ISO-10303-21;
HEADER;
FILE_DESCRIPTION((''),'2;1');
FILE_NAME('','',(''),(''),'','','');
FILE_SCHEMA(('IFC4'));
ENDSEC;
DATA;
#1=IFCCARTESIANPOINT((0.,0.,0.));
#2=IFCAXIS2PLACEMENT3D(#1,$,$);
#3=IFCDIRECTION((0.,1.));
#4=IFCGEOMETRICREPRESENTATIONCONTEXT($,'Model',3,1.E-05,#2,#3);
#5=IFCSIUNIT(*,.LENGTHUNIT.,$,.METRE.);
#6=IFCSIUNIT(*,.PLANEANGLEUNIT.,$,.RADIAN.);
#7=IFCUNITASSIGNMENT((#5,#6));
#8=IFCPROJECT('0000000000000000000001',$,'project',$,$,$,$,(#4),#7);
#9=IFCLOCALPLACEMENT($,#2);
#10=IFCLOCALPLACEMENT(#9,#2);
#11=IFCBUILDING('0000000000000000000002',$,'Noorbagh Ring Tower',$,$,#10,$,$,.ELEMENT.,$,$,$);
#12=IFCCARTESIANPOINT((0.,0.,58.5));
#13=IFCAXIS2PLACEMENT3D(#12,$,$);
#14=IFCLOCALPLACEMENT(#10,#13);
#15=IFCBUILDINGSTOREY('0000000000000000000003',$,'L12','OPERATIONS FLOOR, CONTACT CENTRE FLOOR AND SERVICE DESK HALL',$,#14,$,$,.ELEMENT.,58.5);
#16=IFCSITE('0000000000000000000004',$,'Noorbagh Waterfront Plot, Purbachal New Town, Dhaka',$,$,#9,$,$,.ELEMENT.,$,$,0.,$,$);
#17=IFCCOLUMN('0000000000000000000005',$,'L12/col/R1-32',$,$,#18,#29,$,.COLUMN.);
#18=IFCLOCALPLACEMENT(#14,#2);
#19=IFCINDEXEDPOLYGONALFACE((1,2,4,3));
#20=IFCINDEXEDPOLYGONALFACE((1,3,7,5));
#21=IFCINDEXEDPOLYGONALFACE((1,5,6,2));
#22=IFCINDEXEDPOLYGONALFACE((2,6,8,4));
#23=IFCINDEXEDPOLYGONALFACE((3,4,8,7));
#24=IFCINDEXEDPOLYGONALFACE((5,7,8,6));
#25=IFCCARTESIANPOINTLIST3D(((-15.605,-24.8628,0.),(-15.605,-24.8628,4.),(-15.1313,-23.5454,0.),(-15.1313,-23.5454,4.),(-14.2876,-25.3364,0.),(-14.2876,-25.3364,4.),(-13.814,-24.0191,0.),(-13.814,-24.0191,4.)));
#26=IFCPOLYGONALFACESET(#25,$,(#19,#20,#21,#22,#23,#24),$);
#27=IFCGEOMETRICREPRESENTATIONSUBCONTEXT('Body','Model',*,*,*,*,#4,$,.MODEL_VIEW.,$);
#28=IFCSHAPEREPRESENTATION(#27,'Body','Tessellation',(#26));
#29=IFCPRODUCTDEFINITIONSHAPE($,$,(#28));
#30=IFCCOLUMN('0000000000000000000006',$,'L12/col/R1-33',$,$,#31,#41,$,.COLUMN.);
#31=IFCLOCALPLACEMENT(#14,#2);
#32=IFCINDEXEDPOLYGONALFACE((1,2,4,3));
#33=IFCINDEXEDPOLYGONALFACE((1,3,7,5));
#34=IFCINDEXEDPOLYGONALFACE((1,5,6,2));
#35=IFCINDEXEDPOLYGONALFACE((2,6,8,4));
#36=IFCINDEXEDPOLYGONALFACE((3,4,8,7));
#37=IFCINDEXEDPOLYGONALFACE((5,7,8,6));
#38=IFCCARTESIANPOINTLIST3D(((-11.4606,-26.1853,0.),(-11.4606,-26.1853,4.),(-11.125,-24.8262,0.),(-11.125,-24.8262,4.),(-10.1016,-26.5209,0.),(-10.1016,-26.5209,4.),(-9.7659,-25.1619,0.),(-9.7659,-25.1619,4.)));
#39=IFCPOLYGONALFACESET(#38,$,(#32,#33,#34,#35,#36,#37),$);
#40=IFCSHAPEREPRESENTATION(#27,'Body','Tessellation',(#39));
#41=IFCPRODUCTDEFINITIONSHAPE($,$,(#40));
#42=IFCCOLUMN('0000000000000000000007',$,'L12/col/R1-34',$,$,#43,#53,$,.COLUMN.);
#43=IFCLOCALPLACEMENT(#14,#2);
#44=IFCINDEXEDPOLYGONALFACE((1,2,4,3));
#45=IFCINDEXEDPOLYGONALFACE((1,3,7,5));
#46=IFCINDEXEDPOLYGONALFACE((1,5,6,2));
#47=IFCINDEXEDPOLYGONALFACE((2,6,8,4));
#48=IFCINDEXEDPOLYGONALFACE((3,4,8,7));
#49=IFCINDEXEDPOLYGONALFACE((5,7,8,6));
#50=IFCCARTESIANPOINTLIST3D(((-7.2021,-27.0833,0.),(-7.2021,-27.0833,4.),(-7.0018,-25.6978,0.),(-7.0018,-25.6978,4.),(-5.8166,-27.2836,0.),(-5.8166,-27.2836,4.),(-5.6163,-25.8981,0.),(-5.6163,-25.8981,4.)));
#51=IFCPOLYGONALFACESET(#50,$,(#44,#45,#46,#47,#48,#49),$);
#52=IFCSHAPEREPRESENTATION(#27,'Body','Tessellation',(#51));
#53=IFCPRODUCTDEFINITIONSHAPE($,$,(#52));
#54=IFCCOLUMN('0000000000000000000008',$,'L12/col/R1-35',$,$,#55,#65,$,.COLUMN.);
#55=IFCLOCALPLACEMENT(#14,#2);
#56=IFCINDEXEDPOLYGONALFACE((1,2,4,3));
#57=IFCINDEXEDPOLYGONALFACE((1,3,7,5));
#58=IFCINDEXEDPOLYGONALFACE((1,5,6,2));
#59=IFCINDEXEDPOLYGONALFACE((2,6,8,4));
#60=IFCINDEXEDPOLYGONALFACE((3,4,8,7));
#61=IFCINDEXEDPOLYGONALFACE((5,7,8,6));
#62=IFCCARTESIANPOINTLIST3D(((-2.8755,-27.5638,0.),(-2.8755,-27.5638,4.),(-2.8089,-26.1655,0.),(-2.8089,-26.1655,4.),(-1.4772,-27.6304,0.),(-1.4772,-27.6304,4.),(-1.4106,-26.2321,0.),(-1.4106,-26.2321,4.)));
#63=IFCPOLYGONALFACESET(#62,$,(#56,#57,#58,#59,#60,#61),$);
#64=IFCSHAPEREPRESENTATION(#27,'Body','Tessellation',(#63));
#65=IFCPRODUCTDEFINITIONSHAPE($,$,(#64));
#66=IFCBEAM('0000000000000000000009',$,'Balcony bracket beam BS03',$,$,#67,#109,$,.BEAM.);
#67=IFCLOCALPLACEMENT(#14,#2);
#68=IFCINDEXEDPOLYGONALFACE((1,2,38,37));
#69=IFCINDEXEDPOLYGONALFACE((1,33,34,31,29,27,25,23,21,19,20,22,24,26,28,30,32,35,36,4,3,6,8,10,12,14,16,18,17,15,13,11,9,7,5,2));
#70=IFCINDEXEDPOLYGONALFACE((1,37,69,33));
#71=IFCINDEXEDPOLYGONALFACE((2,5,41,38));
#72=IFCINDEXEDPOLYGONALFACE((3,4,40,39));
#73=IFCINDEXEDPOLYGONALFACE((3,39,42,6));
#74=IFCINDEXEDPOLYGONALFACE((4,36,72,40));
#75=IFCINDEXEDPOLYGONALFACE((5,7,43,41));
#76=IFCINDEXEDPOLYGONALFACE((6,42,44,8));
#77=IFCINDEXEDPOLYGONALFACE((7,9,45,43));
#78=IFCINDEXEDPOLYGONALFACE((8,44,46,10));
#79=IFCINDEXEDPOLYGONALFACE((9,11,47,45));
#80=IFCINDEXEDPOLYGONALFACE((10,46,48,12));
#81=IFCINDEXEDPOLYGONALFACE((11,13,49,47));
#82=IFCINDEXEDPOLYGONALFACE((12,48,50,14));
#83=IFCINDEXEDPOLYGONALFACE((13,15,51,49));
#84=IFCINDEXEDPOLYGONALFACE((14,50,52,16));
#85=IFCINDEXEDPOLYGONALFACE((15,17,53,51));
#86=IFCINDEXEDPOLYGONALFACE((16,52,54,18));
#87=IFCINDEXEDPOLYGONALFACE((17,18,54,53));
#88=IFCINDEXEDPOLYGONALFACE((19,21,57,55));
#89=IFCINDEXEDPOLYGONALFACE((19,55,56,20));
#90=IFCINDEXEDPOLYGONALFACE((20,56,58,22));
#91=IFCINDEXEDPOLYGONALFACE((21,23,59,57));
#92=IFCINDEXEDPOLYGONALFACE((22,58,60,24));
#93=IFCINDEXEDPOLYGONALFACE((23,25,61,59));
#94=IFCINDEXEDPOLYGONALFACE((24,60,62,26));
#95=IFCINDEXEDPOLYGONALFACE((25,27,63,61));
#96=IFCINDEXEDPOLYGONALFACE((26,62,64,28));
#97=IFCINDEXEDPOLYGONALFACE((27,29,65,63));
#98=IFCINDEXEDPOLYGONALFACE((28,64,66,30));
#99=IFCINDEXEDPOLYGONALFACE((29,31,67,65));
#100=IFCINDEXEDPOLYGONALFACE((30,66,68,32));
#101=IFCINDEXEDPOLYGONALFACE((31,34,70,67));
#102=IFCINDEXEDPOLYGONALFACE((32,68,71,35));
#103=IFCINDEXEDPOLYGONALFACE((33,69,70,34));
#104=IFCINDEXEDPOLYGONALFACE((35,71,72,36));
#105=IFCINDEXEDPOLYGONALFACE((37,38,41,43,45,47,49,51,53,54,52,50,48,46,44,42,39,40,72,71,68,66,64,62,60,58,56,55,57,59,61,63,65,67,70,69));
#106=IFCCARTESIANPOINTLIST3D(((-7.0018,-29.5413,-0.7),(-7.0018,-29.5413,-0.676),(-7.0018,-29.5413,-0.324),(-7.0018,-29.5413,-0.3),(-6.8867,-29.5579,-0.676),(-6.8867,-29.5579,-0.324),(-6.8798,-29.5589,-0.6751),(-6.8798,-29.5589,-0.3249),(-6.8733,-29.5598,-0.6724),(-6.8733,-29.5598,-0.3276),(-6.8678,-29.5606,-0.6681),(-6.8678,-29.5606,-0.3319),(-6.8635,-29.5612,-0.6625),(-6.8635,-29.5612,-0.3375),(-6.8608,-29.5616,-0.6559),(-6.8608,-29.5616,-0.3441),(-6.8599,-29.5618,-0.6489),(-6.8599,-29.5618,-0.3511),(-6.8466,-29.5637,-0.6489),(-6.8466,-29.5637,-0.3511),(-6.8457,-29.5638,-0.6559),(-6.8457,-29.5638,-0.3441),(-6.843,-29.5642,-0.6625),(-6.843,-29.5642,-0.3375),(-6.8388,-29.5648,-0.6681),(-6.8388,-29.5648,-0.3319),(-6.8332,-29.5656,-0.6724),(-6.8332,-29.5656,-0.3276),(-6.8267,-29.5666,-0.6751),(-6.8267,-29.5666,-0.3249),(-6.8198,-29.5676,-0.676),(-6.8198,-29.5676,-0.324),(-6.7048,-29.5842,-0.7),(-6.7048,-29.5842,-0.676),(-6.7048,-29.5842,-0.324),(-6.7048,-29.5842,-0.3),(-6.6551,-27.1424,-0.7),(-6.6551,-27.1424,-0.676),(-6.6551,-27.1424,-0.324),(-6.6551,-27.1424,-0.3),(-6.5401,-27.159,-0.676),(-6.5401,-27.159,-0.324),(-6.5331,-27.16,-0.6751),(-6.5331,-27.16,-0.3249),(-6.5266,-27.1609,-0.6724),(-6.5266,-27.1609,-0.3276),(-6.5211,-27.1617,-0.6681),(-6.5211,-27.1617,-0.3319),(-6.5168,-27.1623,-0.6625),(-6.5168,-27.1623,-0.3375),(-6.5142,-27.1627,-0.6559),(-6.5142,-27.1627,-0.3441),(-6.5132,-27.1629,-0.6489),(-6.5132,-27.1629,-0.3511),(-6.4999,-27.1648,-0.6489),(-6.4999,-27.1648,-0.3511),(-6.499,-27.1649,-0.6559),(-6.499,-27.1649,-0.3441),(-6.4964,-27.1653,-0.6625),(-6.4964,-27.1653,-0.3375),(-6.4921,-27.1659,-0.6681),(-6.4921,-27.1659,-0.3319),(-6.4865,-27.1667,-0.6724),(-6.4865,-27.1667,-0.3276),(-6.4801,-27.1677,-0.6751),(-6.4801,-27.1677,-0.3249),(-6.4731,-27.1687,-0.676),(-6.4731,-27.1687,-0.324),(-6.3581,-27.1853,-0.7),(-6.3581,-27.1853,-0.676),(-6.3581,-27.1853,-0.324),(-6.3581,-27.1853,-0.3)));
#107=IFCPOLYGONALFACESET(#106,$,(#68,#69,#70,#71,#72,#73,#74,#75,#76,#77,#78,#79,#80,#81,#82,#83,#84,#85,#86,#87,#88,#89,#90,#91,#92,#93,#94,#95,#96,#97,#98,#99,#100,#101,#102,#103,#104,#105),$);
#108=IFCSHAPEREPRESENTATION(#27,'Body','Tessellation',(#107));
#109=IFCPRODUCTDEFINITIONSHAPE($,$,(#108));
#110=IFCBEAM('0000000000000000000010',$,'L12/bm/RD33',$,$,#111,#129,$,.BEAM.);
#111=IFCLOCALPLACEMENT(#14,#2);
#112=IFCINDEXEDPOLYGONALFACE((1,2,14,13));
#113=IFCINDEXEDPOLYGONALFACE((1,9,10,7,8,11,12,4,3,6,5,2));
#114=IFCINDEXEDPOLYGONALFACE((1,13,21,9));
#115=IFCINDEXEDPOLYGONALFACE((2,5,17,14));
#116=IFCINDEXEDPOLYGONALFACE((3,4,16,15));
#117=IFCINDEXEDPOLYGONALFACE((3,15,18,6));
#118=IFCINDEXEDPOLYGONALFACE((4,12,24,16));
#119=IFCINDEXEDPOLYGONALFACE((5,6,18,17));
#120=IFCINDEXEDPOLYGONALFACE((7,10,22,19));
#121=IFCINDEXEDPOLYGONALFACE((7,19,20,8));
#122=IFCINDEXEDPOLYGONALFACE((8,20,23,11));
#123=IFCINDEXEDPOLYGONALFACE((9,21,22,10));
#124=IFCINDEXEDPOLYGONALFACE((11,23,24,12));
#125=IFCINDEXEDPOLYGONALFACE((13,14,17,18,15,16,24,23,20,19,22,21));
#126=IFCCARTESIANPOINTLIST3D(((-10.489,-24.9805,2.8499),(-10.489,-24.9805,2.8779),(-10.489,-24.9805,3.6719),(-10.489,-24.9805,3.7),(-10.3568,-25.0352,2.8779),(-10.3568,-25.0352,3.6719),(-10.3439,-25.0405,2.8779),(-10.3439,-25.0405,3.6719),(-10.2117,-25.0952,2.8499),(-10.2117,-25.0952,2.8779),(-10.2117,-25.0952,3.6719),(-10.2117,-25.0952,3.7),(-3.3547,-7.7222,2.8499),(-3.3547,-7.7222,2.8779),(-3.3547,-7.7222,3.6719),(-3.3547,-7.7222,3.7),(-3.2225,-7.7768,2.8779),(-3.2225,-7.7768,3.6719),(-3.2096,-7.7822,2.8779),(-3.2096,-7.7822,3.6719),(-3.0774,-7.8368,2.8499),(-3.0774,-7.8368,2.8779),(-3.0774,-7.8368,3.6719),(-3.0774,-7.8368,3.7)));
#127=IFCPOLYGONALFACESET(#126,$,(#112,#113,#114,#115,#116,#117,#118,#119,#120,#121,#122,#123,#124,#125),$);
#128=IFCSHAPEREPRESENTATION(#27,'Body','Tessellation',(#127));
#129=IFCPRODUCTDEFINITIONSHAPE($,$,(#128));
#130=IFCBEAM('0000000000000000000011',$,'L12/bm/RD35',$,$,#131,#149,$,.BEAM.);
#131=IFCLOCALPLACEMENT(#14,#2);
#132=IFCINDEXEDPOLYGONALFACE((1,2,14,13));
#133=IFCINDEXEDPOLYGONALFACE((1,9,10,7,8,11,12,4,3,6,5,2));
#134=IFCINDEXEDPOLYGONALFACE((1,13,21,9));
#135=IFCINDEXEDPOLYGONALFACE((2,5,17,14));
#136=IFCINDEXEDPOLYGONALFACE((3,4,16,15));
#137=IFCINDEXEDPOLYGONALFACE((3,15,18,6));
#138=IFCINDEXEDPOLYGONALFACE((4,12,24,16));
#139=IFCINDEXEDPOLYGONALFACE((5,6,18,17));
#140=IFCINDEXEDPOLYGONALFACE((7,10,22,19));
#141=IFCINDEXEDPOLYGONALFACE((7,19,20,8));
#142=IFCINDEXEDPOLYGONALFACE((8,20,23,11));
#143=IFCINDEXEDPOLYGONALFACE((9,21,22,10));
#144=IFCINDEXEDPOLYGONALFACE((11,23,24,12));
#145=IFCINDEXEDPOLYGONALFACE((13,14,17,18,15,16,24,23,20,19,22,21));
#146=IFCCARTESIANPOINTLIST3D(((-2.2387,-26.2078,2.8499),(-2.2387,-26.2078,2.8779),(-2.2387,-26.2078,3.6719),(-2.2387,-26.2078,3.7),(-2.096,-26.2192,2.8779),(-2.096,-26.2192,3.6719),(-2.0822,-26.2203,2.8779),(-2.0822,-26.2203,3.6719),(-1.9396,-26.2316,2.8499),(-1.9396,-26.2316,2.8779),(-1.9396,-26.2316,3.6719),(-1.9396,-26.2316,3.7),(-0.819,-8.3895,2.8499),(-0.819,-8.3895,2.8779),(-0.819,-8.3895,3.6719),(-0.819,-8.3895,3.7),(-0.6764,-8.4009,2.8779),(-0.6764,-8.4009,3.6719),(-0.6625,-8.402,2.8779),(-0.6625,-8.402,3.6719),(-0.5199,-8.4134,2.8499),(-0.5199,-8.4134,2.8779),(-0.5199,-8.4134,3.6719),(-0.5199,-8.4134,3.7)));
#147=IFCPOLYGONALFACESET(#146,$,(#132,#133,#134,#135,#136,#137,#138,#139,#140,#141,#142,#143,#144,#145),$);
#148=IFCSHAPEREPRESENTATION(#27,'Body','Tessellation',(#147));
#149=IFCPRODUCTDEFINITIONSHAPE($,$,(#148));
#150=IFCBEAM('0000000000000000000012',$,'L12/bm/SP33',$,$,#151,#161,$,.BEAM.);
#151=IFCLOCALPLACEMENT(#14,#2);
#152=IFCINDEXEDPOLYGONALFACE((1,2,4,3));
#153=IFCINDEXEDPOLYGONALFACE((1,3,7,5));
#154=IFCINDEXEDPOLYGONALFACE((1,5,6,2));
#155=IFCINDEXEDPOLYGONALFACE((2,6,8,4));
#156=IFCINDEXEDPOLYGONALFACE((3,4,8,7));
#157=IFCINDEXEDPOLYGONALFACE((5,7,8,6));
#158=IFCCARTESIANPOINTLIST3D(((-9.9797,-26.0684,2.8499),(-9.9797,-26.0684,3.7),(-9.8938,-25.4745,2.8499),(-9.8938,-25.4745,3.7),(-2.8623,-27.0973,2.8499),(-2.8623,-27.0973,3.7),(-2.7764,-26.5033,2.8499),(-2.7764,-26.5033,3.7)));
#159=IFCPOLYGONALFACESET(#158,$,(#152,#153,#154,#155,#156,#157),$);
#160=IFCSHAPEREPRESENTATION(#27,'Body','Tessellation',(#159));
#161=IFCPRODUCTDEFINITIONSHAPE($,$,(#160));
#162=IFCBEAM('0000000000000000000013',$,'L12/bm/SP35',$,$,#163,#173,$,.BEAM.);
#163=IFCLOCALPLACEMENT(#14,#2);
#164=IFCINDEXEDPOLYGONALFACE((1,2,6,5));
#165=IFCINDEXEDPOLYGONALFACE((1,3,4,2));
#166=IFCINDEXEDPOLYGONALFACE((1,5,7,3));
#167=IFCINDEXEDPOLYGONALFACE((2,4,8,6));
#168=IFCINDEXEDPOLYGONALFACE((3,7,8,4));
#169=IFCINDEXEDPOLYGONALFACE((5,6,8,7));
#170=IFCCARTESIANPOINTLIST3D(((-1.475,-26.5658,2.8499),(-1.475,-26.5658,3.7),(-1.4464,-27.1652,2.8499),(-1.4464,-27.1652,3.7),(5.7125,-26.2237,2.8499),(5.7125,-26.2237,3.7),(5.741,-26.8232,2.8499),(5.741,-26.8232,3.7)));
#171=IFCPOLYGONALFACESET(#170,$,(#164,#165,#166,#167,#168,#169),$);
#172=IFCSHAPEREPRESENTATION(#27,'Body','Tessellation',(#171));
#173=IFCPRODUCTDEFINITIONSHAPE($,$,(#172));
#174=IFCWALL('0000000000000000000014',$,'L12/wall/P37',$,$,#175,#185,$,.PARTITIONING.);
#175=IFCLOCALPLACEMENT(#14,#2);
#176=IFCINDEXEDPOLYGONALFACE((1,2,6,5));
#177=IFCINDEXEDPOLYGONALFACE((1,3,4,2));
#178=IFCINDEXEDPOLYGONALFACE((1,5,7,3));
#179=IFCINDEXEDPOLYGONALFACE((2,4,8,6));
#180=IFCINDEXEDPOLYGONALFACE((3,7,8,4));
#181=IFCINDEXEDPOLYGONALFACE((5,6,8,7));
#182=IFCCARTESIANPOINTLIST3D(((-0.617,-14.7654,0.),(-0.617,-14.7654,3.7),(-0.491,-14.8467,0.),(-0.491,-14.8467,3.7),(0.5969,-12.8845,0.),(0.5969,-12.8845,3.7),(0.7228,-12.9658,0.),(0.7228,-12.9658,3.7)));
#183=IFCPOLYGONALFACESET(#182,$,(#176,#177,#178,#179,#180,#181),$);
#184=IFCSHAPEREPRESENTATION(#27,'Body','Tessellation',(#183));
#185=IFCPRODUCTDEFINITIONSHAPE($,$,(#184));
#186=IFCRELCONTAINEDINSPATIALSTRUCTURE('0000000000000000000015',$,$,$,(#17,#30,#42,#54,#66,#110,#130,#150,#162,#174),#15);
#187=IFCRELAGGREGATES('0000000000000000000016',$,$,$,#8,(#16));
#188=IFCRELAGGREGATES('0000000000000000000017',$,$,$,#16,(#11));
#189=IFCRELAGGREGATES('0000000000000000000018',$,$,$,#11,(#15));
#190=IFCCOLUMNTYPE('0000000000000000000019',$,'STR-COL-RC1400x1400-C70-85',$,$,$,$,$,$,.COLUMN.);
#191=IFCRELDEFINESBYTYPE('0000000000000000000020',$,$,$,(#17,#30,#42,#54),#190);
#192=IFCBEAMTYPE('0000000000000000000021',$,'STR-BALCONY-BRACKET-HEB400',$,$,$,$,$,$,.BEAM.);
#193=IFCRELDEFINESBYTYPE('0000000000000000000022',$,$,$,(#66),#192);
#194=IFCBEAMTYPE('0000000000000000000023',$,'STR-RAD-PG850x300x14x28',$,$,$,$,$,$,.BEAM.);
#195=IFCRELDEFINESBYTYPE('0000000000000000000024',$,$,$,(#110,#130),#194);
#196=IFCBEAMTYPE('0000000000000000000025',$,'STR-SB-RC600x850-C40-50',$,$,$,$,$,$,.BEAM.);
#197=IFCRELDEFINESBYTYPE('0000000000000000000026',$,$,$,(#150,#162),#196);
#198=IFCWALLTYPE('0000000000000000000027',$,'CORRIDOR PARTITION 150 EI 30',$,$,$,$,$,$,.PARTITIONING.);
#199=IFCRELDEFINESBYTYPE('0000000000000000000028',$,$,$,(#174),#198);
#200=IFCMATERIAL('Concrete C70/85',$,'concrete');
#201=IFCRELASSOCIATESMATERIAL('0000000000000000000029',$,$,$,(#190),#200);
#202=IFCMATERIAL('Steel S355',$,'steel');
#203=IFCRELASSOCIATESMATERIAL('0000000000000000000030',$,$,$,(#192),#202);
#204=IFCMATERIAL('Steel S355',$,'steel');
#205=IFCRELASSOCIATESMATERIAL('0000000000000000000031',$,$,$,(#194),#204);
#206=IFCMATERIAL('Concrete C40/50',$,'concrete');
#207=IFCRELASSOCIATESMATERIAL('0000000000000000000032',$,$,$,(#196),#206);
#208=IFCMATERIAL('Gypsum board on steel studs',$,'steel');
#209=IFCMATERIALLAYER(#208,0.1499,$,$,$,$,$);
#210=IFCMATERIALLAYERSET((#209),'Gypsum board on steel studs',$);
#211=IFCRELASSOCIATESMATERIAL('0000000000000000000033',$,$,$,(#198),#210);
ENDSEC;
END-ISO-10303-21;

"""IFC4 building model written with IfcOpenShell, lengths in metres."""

from ifc_helpers import new_model, si_unit, direction, frame, frame_2d, origin, origin_2d, place, context, subcontext, project, spatial, rectangle, i_section, extrude, material, layer, layer_set, material_profile, profile_set, type_object, element, save


model = new_model("IFC4")

# Units and contexts
model_context = context("Model", 3, precision=1e-05, world=origin(), true_north=direction((0.0, 1.0)))
body_context = subcontext(model_context, "Body", "Model", "MODEL_VIEW")
ifc_project = project(units=[si_unit("LENGTHUNIT", "METRE"), si_unit("PLANEANGLEUNIT", "RADIAN")], contexts=[model_context])

# Site, building, storey
site_placement = place(None, origin())
site = spatial("IfcSite", under=ifc_project, at=site_placement, Name="Noorbagh Waterfront Plot, Purbachal New Town, Dhaka", CompositionType="ELEMENT", RefElevation=0.0)
building_placement = place(site_placement, origin())
building = spatial("IfcBuilding", under=site, at=building_placement, Name="Noorbagh Ring Tower", CompositionType="ELEMENT")
storey_placement = place(building_placement, frame((0.0, 0.0, 58.5)))
storey = spatial("IfcBuildingStorey", under=building, at=storey_placement, Name="L12", Description="OPERATIONS FLOOR, CONTACT CENTRE FLOOR AND SERVICE DESK HALL", CompositionType="ELEMENT", Elevation=58.5)

# Columns
ifc_material_1 = material(Name="Concrete C70/85", Category="concrete")
ifc_material_profile_1 = material_profile(ifc_material_1, rectangle(XDim=1.3999, YDim=1.3999, at=origin_2d()), Name="RC1400x1400")
ifc_profile_set_1 = profile_set([ifc_material_profile_1], Name="Concrete C70/85")
column_type = type_object("IfcColumnType", Name="STR-COL-RC1400x1400-C70-85", PredefinedType="COLUMN", material=ifc_profile_set_1)
for number, where, z_axis, x_axis, name in (
    (1, (-14.7095, -24.4409, 0.0), (0.0, 0.0, 1.0), (0.941025, -0.338338, 0.0), "L12/col/R1-32"),
    (2, (-10.6133, -25.6736, 0.0), (0.0, 0.0, 1.0), (0.970829, -0.239771, 0.0), "L12/col/R1-33"),
    (3, (-6.4092, -26.4907, 0.0), (0.0, 0.0, 1.0), (0.989713, -0.143066, 0.0), "L12/col/R1-34"),
    (4, (-2.1431, -26.8979, 0.0), (0.0, 0.0, 1.0), (0.998869, -0.047553, 0.0), "L12/col/R1-35"),
):
    element("IfcColumn", number, at=place(storey_placement, frame(where, z_axis=z_axis, x_axis=x_axis)), inside=storey, type_object=column_type, Name=name, PredefinedType="COLUMN", context=body_context, shape_type="SweptSolid", body=[
        extrude(rectangle(XDim=1.3999, YDim=1.3999, at=origin_2d()), origin(), (0.0, 0.0, 1.0), 4.0),
    ])

# Beams
ifc_material_2 = material(Name="Steel S355", Category="steel")
ifc_material_profile_2 = material_profile(ifc_material_2, i_section(OverallWidth=0.3, OverallDepth=0.3999, WebThickness=0.0134, FlangeThickness=0.0239, FilletRadius=0.0271, at=origin_2d()), Name="HEB400")
ifc_profile_set_2 = profile_set([ifc_material_profile_2], Name="Steel S355")
beam_type_1 = type_object("IfcBeamType", Name="STR-BALCONY-BRACKET-HEB400", PredefinedType="BEAM", material=ifc_profile_set_2)
beam_1_placement = place(storey_placement, frame((-6.5066, -27.1638, -0.5), z_axis=(-0.143029, -0.989719, 0.0), x_axis=(0.989719, -0.143029, 0.0)))
element("IfcBeam", 5, at=beam_1_placement, inside=storey, type_object=beam_type_1, Name="Balcony bracket beam BS03", PredefinedType="BEAM", context=body_context, shape_type="SweptSolid", body=[
    extrude(i_section(OverallWidth=0.3, OverallDepth=0.3999, WebThickness=0.0134, FlangeThickness=0.0239, FilletRadius=0.0271, at=origin_2d()), origin(), (0.0, 0.0, 1.0), 2.4238),
])
ifc_material_3 = material(Name="Steel S355", Category="steel")
ifc_material_profile_3 = material_profile(ifc_material_3, i_section(OverallWidth=0.3, OverallDepth=0.8501, WebThickness=0.0139, FlangeThickness=0.0281, at=origin_2d()), Name="PG850x300x14x28")
ifc_profile_set_3 = profile_set([ifc_material_profile_3], Name="Steel S355")
beam_type_2 = type_object("IfcBeamType", Name="STR-RAD-PG850x300x14x28", PredefinedType="BEAM", material=ifc_profile_set_3)
beam_2_placement = place(storey_placement, frame((-10.3503, -25.0378, 3.2749), z_axis=(0.382028, 0.924151, 0.0), x_axis=(-0.924151, 0.382028, 0.0)))
element("IfcBeam", 6, at=beam_2_placement, inside=storey, type_object=beam_type_2, Name="L12/bm/RD33", PredefinedType="BEAM", context=body_context, shape_type="SweptSolid", body=[
    extrude(i_section(OverallWidth=0.3, OverallDepth=0.8501, WebThickness=0.0139, FlangeThickness=0.0281, at=origin_2d()), origin(), (0.0, 0.0, 1.0), 18.6748),
])
beam_3_placement = place(storey_placement, frame((-2.0891, -26.2197, 3.2749), z_axis=(0.079423, 0.996841, 0.0), x_axis=(-0.996841, 0.079423, 0.0)))
element("IfcBeam", 7, at=beam_3_placement, inside=storey, type_object=beam_type_2, Name="L12/bm/RD35", PredefinedType="BEAM", context=body_context, shape_type="SweptSolid", body=[
    extrude(i_section(OverallWidth=0.3, OverallDepth=0.8501, WebThickness=0.0139, FlangeThickness=0.0281, at=origin_2d()), origin(), (0.0, 0.0, 1.0), 17.8748),
])
ifc_material_4 = material(Name="Concrete C40/50", Category="concrete")
ifc_material_profile_4 = material_profile(ifc_material_4, rectangle(XDim=0.6001, YDim=0.8501, at=origin_2d()), Name="RC600x850")
ifc_profile_set_4 = profile_set([ifc_material_profile_4], Name="Concrete C40/50")
beam_type_3 = type_object("IfcBeamType", Name="STR-SB-RC600x850-C40-50", PredefinedType="BEAM", material=ifc_profile_set_4)
beam_4_placement = place(storey_placement, frame((-9.9368, -25.7715, 3.2749), z_axis=(0.989714, -0.143061, 0.0), x_axis=(0.143061, 0.989714, 0.0)))
element("IfcBeam", 8, at=beam_4_placement, inside=storey, type_object=beam_type_3, Name="L12/bm/SP33", PredefinedType="BEAM", context=body_context, shape_type="SweptSolid", body=[
    extrude(rectangle(XDim=0.6001, YDim=0.8501, at=origin_2d()), origin(), (0.0, 0.0, 1.0), 7.1914),
])
beam_5_placement = place(storey_placement, frame((-1.4607, -26.8655, 3.2749), z_axis=(0.99887, 0.047535, 0.0), x_axis=(-0.047535, 0.99887, 0.0)))
element("IfcBeam", 9, at=beam_5_placement, inside=storey, type_object=beam_type_3, Name="L12/bm/SP35", PredefinedType="BEAM", context=body_context, shape_type="SweptSolid", body=[
    extrude(rectangle(XDim=0.6001, YDim=0.8501, at=origin_2d()), origin(), (0.0, 0.0, 1.0), 7.1956),
])

# Wall
ifc_material_5 = material(Name="Gypsum board on steel studs", Category="steel")
ifc_layer_1 = layer(ifc_material_5, 0.1499)
ifc_layer_set_1 = layer_set([ifc_layer_1], Name="Gypsum board on steel studs")
wall_type_1 = type_object("IfcWallType", Name="CORRIDOR PARTITION 150 EI 30", PredefinedType="PARTITIONING", material=ifc_layer_set_1)
wall_1_placement = place(storey_placement, frame((-0.554, -14.8059, 0.0), z_axis=(0.0, 0.0, 1.0), x_axis=(0.542256, 0.840213, 0.0)))
element("IfcWall", 10, at=wall_1_placement, inside=storey, type_object=wall_type_1, Name="L12/wall/P37", PredefinedType="PARTITIONING", context=body_context, shape_type="SweptSolid", body=[
    extrude(rectangle(XDim=2.2385, YDim=0.1499, at=frame_2d((1.1191, 0.0))), origin(), (0.0, 0.0, 1.0), 3.7),
])

save(model, "model.ifc")
